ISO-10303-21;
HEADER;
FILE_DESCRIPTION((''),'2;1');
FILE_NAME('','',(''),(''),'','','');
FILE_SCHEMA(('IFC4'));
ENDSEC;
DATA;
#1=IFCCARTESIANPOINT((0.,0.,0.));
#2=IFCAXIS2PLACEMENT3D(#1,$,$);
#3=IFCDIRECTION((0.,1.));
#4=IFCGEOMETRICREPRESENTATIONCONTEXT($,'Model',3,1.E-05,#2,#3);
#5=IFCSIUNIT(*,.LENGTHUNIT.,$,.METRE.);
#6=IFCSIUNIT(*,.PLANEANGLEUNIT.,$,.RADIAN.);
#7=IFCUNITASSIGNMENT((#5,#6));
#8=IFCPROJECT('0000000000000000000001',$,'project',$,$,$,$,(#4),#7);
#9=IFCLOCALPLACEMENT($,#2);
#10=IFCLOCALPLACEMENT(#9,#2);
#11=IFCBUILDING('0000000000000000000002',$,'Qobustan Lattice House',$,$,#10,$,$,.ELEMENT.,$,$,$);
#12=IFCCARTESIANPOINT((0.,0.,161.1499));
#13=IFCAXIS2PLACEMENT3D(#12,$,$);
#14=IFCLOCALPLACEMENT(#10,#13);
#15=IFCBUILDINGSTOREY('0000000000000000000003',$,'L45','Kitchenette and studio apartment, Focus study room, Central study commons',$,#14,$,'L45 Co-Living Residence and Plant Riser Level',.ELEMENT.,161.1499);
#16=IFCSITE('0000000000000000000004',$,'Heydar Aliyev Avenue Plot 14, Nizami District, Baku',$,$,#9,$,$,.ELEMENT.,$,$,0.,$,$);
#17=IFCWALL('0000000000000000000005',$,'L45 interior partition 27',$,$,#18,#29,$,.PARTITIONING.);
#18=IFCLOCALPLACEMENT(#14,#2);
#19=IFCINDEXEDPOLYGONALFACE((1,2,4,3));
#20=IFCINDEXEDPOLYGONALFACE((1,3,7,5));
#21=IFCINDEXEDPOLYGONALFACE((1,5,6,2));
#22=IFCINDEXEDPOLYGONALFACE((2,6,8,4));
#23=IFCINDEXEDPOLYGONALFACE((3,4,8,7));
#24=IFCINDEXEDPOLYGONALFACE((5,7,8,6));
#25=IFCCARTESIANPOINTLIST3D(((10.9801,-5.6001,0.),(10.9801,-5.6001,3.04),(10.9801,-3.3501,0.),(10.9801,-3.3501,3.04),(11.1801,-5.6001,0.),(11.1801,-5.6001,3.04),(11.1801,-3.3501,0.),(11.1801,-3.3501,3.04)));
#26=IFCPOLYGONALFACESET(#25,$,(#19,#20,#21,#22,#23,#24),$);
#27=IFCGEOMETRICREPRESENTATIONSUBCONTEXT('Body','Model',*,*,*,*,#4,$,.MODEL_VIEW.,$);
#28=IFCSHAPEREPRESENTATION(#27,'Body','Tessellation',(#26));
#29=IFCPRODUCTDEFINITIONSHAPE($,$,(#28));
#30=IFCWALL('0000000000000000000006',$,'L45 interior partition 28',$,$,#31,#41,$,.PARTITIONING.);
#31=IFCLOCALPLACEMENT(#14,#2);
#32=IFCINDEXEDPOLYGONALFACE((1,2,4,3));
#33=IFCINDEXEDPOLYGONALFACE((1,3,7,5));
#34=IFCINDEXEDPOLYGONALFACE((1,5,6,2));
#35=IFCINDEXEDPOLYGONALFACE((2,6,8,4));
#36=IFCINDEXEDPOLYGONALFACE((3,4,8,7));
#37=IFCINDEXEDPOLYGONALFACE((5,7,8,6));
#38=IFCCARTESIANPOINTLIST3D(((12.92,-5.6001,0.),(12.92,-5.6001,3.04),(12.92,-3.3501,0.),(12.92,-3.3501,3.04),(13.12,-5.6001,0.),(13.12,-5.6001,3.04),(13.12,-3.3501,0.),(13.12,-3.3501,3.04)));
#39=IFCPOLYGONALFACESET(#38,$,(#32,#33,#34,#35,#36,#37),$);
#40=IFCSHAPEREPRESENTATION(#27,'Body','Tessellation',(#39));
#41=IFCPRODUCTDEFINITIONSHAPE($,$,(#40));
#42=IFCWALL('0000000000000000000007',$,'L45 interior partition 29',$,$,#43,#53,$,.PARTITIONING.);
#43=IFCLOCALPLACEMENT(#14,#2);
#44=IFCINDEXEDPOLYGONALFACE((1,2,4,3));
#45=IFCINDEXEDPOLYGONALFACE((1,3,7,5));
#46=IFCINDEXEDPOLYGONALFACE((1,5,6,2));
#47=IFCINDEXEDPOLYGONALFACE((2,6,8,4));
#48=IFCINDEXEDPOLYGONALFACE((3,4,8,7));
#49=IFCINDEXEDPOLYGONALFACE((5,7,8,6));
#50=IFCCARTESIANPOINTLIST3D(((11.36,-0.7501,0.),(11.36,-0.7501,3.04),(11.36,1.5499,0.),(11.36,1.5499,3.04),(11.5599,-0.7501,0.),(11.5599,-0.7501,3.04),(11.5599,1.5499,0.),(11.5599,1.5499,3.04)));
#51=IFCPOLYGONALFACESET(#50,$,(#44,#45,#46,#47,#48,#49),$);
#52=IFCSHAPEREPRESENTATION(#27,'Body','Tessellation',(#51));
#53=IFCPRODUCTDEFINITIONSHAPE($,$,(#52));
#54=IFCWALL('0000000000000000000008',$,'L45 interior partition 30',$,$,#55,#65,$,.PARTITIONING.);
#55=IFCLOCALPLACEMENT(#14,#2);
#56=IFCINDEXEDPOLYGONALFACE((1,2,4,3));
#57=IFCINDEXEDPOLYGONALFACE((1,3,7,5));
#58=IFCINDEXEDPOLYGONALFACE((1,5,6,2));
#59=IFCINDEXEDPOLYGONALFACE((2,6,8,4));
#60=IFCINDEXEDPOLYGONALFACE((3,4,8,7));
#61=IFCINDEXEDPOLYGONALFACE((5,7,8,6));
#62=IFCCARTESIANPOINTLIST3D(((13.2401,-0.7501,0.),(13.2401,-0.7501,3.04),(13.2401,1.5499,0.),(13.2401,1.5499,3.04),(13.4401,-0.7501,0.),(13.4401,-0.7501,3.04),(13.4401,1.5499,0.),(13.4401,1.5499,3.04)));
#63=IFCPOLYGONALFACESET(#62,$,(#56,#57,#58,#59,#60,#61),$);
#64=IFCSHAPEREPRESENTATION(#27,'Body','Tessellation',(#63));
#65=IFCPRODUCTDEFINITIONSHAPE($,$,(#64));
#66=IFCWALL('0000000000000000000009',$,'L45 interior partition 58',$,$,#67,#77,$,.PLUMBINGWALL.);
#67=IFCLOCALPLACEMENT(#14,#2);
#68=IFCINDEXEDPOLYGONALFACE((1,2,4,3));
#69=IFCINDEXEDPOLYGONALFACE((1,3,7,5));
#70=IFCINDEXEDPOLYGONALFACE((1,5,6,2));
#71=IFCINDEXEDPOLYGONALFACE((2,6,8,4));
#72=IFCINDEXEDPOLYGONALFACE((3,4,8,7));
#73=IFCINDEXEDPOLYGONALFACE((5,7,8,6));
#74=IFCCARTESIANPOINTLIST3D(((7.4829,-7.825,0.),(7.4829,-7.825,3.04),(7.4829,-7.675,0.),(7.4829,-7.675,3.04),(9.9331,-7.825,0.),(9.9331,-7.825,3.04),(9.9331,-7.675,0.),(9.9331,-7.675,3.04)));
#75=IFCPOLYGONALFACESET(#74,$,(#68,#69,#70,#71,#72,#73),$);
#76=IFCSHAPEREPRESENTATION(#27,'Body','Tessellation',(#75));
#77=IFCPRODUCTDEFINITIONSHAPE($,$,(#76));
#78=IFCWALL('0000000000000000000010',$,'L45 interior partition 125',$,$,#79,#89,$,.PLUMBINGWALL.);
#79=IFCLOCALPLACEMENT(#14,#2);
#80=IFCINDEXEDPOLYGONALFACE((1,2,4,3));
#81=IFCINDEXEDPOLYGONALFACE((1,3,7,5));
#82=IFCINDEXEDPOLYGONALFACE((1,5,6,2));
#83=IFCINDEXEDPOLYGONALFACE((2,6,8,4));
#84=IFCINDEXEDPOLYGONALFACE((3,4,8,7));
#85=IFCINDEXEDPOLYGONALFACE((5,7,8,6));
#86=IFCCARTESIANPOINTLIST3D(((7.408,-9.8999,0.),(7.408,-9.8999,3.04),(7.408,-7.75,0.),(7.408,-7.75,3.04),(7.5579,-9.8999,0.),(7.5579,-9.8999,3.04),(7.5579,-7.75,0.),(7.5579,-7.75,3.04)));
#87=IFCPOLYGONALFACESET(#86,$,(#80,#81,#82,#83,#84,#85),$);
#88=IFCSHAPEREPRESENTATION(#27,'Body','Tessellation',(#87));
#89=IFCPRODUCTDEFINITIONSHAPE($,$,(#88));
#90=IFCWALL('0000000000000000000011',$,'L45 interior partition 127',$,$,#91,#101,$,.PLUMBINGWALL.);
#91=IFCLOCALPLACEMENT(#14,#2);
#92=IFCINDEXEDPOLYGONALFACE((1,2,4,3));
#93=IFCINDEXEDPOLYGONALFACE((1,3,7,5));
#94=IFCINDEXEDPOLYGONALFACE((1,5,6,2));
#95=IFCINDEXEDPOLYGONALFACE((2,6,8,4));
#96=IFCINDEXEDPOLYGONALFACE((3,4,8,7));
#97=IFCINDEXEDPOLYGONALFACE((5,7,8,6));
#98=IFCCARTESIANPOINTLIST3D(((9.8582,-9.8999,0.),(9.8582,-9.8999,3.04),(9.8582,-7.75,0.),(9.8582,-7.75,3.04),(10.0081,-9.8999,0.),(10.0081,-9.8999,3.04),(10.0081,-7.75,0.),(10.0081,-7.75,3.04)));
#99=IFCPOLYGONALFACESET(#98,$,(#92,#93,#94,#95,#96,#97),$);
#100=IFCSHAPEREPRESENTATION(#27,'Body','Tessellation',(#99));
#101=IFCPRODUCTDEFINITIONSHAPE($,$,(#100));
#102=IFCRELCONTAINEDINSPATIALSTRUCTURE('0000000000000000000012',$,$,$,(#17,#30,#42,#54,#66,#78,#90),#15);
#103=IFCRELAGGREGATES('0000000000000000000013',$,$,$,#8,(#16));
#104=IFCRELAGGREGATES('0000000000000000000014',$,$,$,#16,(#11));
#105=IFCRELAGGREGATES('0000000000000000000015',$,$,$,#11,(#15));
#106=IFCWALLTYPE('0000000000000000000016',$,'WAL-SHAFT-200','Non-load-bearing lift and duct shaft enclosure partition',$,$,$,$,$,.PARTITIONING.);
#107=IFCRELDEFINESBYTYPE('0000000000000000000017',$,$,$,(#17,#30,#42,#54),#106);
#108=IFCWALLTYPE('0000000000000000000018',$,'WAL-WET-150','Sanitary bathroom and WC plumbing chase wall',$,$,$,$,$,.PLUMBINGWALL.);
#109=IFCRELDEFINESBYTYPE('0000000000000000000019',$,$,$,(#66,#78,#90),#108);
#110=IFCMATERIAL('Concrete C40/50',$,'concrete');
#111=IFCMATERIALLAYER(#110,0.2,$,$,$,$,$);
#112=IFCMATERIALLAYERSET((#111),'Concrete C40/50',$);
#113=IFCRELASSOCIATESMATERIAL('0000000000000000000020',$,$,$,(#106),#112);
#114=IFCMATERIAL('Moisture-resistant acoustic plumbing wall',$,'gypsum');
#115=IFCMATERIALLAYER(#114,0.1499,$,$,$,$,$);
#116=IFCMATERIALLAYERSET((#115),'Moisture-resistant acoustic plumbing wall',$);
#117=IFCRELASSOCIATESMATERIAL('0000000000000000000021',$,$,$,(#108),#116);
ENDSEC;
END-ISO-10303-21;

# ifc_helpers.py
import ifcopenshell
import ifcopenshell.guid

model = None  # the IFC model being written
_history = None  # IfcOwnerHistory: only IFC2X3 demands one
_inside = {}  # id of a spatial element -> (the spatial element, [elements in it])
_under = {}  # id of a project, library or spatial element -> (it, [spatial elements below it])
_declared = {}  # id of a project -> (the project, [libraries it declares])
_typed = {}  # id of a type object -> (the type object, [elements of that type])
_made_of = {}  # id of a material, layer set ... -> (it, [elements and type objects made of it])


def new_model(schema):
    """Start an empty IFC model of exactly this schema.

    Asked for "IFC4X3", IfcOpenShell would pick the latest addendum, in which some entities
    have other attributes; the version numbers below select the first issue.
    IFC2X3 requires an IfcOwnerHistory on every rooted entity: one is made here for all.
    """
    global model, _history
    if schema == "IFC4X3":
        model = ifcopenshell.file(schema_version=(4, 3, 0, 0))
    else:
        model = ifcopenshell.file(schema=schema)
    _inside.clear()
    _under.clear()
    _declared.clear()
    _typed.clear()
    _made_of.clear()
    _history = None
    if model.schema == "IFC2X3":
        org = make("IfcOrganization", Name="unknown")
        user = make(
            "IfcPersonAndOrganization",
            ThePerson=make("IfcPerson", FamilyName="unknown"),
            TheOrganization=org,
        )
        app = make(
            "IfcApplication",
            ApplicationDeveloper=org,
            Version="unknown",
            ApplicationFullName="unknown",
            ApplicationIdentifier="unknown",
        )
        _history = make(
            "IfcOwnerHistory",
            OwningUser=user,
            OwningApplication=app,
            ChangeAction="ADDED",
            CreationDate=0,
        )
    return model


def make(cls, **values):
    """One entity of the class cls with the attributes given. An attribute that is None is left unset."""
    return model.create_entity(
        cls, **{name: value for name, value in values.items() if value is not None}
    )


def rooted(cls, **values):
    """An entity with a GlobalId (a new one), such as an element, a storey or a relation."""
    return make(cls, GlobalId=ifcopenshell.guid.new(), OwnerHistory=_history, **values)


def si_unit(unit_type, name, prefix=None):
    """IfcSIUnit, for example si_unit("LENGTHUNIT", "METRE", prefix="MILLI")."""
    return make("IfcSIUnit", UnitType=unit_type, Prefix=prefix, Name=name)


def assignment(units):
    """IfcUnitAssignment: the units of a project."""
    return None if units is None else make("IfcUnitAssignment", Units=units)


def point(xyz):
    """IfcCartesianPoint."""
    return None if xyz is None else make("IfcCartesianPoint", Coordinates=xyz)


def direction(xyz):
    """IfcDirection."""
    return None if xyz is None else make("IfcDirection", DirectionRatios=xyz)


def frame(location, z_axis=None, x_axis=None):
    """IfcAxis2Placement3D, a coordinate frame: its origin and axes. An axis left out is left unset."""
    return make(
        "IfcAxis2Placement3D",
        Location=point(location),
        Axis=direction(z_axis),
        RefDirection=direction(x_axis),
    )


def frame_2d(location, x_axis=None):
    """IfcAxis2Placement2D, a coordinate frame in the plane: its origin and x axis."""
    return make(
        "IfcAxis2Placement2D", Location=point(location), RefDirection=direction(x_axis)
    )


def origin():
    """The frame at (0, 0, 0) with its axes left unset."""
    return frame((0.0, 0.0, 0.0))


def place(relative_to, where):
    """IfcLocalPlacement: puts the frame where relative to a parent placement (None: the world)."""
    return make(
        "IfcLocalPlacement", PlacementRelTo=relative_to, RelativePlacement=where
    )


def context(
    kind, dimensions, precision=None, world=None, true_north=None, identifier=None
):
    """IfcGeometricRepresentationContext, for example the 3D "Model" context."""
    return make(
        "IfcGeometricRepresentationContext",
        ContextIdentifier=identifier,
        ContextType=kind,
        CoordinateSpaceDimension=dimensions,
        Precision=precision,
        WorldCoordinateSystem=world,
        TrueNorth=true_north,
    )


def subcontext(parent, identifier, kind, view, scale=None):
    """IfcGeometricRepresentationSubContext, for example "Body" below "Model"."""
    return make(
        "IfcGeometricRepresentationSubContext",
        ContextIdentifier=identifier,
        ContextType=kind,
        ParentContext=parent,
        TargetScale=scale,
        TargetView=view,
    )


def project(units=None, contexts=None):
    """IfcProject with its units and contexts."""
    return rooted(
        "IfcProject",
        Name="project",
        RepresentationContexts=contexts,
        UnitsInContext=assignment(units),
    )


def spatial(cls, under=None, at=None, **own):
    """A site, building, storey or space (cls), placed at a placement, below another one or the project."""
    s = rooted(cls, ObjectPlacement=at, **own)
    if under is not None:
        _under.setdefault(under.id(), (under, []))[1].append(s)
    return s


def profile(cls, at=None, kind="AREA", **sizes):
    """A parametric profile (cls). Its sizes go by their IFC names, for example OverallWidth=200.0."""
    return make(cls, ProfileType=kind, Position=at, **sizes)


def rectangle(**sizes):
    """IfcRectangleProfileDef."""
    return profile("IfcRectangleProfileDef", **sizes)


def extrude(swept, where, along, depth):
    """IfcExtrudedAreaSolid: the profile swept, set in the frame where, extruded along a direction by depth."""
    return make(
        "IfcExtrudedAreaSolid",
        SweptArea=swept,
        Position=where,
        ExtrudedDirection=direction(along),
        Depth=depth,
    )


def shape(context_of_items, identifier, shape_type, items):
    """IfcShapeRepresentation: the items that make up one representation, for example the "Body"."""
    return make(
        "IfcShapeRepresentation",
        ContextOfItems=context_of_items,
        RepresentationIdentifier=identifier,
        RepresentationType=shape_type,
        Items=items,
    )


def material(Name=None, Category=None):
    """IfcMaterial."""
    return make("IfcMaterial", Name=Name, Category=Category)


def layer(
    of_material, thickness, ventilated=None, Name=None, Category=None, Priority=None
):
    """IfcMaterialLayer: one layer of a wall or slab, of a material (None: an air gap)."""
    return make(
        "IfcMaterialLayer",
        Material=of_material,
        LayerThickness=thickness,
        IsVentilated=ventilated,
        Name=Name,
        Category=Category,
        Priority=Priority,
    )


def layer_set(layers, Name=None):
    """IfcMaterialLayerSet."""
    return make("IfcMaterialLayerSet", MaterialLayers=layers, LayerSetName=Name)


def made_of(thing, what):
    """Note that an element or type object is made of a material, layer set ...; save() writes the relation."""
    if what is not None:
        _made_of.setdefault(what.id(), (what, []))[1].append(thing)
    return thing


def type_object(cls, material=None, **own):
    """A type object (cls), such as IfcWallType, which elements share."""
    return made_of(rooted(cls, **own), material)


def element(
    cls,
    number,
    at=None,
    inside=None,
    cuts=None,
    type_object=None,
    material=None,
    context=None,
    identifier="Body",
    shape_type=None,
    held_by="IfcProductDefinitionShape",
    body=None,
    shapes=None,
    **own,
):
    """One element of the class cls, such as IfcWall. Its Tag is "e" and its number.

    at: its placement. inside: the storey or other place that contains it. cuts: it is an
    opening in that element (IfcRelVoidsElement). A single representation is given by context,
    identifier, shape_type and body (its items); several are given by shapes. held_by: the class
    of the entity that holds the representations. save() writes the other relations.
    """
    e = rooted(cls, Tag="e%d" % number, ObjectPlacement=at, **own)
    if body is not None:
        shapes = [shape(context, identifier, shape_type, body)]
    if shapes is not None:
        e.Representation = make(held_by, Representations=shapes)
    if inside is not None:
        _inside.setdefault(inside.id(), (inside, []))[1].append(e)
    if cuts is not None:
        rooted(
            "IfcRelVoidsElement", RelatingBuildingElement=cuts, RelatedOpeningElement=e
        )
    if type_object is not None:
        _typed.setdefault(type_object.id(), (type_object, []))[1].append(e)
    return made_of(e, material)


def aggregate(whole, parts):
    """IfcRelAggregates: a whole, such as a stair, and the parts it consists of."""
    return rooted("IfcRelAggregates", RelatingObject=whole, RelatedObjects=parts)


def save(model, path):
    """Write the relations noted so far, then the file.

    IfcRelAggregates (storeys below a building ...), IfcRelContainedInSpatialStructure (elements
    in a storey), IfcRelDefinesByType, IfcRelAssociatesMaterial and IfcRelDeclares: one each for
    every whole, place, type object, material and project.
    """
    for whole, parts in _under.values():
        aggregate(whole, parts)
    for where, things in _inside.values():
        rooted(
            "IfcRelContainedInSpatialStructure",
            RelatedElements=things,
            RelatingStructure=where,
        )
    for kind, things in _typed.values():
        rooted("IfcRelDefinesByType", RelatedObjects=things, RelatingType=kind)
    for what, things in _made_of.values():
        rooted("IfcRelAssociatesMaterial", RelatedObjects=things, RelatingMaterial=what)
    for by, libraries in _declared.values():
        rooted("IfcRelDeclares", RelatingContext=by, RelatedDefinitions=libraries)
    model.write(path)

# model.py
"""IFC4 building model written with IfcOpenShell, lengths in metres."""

from ifc_helpers import new_model, si_unit, direction, frame, frame_2d, origin, place, context, subcontext, project, spatial, rectangle, extrude, material, layer, layer_set, type_object, element, save


model = new_model("IFC4")

# Units and contexts
model_context = context("Model", 3, precision=1e-05, world=origin(), true_north=direction((0.0, 1.0)))
body_context = subcontext(model_context, "Body", "Model", "MODEL_VIEW")
ifc_project = project(units=[si_unit("LENGTHUNIT", "METRE"), si_unit("PLANEANGLEUNIT", "RADIAN")], contexts=[model_context])

# Site, building, storey
site_placement = place(None, origin())
site = spatial("IfcSite", under=ifc_project, at=site_placement, Name="Heydar Aliyev Avenue Plot 14, Nizami District, Baku", CompositionType="ELEMENT", RefElevation=0.0)
building_placement = place(site_placement, origin())
building = spatial("IfcBuilding", under=site, at=building_placement, Name="Qobustan Lattice House", CompositionType="ELEMENT")
storey_placement = place(building_placement, frame((0.0, 0.0, 161.1499)))
storey = spatial("IfcBuildingStorey", under=building, at=storey_placement, Name="L45", Description="Kitchenette and studio apartment, Focus study room, Central study commons", LongName="L45 Co-Living Residence and Plant Riser Level", CompositionType="ELEMENT", Elevation=161.1499)

# Shared definitions
ifc_material_1 = material(Name="Concrete C40/50", Category="concrete")
ifc_layer_1 = layer(ifc_material_1, 0.2)
ifc_layer_set_1 = layer_set([ifc_layer_1], Name="Concrete C40/50")
wall_type_1 = type_object("IfcWallType", Name="WAL-SHAFT-200", Description="Non-load-bearing lift and duct shaft enclosure partition", PredefinedType="PARTITIONING", material=ifc_layer_set_1)

# Walls
for number, where, z_axis, x_axis, name in (
    (1, (11.0801, -5.6001, 0.0), (0.0, 0.0, 1.0), (0.0, 1.0, 0.0), "L45 interior partition 27"),
    (2, (13.02, -5.6001, 0.0), (0.0, 0.0, 1.0), (0.0, 1.0, 0.0), "L45 interior partition 28"),
):
    element("IfcWall", number, at=place(storey_placement, frame(where, z_axis=z_axis, x_axis=x_axis)), inside=storey, type_object=wall_type_1, Name=name, PredefinedType="PARTITIONING", context=body_context, shape_type="SweptSolid", body=[
        extrude(rectangle(XDim=2.25, YDim=0.2, at=frame_2d((1.125, 0.0))), origin(), (0.0, 0.0, 1.0), 3.04),
    ])
for number, where, z_axis, x_axis, name in (
    (3, (11.46, -0.75, 0.0), (0.0, 0.0, 1.0), (0.0, 1.0, 0.0), "L45 interior partition 29"),
    (4, (13.3401, -0.75, 0.0), (0.0, 0.0, 1.0), (0.0, 1.0, 0.0), "L45 interior partition 30"),
):
    element("IfcWall", number, at=place(storey_placement, frame(where, z_axis=z_axis, x_axis=x_axis)), inside=storey, type_object=wall_type_1, Name=name, PredefinedType="PARTITIONING", context=body_context, shape_type="SweptSolid", body=[
        extrude(rectangle(XDim=2.3, YDim=0.2, at=frame_2d((1.1499, 0.0))), origin(), (0.0, 0.0, 1.0), 3.04),
    ])
ifc_material_2 = material(Name="Moisture-resistant acoustic plumbing wall", Category="gypsum")
ifc_layer_2 = layer(ifc_material_2, 0.1499)
ifc_layer_set_2 = layer_set([ifc_layer_2], Name="Moisture-resistant acoustic plumbing wall")
wall_type_2 = type_object("IfcWallType", Name="WAL-WET-150", Description="Sanitary bathroom and WC plumbing chase wall", PredefinedType="PLUMBINGWALL", material=ifc_layer_set_2)
wall_1_placement = place(storey_placement, frame((9.9331, -7.75, 0.0), z_axis=(0.0, 0.0, 1.0), x_axis=(-1.0, 0.0, 0.0)))
element("IfcWall", 5, at=wall_1_placement, inside=storey, type_object=wall_type_2, Name="L45 interior partition 58", PredefinedType="PLUMBINGWALL", context=body_context, shape_type="SweptSolid", body=[
    extrude(rectangle(XDim=2.4502, YDim=0.1499, at=frame_2d((1.2251, 0.0))), origin(), (0.0, 0.0, 1.0), 3.04),
])
for number, where, z_axis, x_axis, name in (
    (6, (7.4829, -7.75, 0.0), (0.0, 0.0, 1.0), (0.0, -1.0, 0.0), "L45 interior partition 125"),
    (7, (9.9331, -9.8999, 0.0), (0.0, 0.0, 1.0), (0.0, 1.0, 0.0), "L45 interior partition 127"),
):
    element("IfcWall", number, at=place(storey_placement, frame(where, z_axis=z_axis, x_axis=x_axis)), inside=storey, type_object=wall_type_2, Name=name, PredefinedType="PLUMBINGWALL", context=body_context, shape_type="SweptSolid", body=[
        extrude(rectangle(XDim=2.1499, YDim=0.1499, at=frame_2d((1.075, 0.0))), origin(), (0.0, 0.0, 1.0), 3.04),
    ])

save(model, "model.ifc")
